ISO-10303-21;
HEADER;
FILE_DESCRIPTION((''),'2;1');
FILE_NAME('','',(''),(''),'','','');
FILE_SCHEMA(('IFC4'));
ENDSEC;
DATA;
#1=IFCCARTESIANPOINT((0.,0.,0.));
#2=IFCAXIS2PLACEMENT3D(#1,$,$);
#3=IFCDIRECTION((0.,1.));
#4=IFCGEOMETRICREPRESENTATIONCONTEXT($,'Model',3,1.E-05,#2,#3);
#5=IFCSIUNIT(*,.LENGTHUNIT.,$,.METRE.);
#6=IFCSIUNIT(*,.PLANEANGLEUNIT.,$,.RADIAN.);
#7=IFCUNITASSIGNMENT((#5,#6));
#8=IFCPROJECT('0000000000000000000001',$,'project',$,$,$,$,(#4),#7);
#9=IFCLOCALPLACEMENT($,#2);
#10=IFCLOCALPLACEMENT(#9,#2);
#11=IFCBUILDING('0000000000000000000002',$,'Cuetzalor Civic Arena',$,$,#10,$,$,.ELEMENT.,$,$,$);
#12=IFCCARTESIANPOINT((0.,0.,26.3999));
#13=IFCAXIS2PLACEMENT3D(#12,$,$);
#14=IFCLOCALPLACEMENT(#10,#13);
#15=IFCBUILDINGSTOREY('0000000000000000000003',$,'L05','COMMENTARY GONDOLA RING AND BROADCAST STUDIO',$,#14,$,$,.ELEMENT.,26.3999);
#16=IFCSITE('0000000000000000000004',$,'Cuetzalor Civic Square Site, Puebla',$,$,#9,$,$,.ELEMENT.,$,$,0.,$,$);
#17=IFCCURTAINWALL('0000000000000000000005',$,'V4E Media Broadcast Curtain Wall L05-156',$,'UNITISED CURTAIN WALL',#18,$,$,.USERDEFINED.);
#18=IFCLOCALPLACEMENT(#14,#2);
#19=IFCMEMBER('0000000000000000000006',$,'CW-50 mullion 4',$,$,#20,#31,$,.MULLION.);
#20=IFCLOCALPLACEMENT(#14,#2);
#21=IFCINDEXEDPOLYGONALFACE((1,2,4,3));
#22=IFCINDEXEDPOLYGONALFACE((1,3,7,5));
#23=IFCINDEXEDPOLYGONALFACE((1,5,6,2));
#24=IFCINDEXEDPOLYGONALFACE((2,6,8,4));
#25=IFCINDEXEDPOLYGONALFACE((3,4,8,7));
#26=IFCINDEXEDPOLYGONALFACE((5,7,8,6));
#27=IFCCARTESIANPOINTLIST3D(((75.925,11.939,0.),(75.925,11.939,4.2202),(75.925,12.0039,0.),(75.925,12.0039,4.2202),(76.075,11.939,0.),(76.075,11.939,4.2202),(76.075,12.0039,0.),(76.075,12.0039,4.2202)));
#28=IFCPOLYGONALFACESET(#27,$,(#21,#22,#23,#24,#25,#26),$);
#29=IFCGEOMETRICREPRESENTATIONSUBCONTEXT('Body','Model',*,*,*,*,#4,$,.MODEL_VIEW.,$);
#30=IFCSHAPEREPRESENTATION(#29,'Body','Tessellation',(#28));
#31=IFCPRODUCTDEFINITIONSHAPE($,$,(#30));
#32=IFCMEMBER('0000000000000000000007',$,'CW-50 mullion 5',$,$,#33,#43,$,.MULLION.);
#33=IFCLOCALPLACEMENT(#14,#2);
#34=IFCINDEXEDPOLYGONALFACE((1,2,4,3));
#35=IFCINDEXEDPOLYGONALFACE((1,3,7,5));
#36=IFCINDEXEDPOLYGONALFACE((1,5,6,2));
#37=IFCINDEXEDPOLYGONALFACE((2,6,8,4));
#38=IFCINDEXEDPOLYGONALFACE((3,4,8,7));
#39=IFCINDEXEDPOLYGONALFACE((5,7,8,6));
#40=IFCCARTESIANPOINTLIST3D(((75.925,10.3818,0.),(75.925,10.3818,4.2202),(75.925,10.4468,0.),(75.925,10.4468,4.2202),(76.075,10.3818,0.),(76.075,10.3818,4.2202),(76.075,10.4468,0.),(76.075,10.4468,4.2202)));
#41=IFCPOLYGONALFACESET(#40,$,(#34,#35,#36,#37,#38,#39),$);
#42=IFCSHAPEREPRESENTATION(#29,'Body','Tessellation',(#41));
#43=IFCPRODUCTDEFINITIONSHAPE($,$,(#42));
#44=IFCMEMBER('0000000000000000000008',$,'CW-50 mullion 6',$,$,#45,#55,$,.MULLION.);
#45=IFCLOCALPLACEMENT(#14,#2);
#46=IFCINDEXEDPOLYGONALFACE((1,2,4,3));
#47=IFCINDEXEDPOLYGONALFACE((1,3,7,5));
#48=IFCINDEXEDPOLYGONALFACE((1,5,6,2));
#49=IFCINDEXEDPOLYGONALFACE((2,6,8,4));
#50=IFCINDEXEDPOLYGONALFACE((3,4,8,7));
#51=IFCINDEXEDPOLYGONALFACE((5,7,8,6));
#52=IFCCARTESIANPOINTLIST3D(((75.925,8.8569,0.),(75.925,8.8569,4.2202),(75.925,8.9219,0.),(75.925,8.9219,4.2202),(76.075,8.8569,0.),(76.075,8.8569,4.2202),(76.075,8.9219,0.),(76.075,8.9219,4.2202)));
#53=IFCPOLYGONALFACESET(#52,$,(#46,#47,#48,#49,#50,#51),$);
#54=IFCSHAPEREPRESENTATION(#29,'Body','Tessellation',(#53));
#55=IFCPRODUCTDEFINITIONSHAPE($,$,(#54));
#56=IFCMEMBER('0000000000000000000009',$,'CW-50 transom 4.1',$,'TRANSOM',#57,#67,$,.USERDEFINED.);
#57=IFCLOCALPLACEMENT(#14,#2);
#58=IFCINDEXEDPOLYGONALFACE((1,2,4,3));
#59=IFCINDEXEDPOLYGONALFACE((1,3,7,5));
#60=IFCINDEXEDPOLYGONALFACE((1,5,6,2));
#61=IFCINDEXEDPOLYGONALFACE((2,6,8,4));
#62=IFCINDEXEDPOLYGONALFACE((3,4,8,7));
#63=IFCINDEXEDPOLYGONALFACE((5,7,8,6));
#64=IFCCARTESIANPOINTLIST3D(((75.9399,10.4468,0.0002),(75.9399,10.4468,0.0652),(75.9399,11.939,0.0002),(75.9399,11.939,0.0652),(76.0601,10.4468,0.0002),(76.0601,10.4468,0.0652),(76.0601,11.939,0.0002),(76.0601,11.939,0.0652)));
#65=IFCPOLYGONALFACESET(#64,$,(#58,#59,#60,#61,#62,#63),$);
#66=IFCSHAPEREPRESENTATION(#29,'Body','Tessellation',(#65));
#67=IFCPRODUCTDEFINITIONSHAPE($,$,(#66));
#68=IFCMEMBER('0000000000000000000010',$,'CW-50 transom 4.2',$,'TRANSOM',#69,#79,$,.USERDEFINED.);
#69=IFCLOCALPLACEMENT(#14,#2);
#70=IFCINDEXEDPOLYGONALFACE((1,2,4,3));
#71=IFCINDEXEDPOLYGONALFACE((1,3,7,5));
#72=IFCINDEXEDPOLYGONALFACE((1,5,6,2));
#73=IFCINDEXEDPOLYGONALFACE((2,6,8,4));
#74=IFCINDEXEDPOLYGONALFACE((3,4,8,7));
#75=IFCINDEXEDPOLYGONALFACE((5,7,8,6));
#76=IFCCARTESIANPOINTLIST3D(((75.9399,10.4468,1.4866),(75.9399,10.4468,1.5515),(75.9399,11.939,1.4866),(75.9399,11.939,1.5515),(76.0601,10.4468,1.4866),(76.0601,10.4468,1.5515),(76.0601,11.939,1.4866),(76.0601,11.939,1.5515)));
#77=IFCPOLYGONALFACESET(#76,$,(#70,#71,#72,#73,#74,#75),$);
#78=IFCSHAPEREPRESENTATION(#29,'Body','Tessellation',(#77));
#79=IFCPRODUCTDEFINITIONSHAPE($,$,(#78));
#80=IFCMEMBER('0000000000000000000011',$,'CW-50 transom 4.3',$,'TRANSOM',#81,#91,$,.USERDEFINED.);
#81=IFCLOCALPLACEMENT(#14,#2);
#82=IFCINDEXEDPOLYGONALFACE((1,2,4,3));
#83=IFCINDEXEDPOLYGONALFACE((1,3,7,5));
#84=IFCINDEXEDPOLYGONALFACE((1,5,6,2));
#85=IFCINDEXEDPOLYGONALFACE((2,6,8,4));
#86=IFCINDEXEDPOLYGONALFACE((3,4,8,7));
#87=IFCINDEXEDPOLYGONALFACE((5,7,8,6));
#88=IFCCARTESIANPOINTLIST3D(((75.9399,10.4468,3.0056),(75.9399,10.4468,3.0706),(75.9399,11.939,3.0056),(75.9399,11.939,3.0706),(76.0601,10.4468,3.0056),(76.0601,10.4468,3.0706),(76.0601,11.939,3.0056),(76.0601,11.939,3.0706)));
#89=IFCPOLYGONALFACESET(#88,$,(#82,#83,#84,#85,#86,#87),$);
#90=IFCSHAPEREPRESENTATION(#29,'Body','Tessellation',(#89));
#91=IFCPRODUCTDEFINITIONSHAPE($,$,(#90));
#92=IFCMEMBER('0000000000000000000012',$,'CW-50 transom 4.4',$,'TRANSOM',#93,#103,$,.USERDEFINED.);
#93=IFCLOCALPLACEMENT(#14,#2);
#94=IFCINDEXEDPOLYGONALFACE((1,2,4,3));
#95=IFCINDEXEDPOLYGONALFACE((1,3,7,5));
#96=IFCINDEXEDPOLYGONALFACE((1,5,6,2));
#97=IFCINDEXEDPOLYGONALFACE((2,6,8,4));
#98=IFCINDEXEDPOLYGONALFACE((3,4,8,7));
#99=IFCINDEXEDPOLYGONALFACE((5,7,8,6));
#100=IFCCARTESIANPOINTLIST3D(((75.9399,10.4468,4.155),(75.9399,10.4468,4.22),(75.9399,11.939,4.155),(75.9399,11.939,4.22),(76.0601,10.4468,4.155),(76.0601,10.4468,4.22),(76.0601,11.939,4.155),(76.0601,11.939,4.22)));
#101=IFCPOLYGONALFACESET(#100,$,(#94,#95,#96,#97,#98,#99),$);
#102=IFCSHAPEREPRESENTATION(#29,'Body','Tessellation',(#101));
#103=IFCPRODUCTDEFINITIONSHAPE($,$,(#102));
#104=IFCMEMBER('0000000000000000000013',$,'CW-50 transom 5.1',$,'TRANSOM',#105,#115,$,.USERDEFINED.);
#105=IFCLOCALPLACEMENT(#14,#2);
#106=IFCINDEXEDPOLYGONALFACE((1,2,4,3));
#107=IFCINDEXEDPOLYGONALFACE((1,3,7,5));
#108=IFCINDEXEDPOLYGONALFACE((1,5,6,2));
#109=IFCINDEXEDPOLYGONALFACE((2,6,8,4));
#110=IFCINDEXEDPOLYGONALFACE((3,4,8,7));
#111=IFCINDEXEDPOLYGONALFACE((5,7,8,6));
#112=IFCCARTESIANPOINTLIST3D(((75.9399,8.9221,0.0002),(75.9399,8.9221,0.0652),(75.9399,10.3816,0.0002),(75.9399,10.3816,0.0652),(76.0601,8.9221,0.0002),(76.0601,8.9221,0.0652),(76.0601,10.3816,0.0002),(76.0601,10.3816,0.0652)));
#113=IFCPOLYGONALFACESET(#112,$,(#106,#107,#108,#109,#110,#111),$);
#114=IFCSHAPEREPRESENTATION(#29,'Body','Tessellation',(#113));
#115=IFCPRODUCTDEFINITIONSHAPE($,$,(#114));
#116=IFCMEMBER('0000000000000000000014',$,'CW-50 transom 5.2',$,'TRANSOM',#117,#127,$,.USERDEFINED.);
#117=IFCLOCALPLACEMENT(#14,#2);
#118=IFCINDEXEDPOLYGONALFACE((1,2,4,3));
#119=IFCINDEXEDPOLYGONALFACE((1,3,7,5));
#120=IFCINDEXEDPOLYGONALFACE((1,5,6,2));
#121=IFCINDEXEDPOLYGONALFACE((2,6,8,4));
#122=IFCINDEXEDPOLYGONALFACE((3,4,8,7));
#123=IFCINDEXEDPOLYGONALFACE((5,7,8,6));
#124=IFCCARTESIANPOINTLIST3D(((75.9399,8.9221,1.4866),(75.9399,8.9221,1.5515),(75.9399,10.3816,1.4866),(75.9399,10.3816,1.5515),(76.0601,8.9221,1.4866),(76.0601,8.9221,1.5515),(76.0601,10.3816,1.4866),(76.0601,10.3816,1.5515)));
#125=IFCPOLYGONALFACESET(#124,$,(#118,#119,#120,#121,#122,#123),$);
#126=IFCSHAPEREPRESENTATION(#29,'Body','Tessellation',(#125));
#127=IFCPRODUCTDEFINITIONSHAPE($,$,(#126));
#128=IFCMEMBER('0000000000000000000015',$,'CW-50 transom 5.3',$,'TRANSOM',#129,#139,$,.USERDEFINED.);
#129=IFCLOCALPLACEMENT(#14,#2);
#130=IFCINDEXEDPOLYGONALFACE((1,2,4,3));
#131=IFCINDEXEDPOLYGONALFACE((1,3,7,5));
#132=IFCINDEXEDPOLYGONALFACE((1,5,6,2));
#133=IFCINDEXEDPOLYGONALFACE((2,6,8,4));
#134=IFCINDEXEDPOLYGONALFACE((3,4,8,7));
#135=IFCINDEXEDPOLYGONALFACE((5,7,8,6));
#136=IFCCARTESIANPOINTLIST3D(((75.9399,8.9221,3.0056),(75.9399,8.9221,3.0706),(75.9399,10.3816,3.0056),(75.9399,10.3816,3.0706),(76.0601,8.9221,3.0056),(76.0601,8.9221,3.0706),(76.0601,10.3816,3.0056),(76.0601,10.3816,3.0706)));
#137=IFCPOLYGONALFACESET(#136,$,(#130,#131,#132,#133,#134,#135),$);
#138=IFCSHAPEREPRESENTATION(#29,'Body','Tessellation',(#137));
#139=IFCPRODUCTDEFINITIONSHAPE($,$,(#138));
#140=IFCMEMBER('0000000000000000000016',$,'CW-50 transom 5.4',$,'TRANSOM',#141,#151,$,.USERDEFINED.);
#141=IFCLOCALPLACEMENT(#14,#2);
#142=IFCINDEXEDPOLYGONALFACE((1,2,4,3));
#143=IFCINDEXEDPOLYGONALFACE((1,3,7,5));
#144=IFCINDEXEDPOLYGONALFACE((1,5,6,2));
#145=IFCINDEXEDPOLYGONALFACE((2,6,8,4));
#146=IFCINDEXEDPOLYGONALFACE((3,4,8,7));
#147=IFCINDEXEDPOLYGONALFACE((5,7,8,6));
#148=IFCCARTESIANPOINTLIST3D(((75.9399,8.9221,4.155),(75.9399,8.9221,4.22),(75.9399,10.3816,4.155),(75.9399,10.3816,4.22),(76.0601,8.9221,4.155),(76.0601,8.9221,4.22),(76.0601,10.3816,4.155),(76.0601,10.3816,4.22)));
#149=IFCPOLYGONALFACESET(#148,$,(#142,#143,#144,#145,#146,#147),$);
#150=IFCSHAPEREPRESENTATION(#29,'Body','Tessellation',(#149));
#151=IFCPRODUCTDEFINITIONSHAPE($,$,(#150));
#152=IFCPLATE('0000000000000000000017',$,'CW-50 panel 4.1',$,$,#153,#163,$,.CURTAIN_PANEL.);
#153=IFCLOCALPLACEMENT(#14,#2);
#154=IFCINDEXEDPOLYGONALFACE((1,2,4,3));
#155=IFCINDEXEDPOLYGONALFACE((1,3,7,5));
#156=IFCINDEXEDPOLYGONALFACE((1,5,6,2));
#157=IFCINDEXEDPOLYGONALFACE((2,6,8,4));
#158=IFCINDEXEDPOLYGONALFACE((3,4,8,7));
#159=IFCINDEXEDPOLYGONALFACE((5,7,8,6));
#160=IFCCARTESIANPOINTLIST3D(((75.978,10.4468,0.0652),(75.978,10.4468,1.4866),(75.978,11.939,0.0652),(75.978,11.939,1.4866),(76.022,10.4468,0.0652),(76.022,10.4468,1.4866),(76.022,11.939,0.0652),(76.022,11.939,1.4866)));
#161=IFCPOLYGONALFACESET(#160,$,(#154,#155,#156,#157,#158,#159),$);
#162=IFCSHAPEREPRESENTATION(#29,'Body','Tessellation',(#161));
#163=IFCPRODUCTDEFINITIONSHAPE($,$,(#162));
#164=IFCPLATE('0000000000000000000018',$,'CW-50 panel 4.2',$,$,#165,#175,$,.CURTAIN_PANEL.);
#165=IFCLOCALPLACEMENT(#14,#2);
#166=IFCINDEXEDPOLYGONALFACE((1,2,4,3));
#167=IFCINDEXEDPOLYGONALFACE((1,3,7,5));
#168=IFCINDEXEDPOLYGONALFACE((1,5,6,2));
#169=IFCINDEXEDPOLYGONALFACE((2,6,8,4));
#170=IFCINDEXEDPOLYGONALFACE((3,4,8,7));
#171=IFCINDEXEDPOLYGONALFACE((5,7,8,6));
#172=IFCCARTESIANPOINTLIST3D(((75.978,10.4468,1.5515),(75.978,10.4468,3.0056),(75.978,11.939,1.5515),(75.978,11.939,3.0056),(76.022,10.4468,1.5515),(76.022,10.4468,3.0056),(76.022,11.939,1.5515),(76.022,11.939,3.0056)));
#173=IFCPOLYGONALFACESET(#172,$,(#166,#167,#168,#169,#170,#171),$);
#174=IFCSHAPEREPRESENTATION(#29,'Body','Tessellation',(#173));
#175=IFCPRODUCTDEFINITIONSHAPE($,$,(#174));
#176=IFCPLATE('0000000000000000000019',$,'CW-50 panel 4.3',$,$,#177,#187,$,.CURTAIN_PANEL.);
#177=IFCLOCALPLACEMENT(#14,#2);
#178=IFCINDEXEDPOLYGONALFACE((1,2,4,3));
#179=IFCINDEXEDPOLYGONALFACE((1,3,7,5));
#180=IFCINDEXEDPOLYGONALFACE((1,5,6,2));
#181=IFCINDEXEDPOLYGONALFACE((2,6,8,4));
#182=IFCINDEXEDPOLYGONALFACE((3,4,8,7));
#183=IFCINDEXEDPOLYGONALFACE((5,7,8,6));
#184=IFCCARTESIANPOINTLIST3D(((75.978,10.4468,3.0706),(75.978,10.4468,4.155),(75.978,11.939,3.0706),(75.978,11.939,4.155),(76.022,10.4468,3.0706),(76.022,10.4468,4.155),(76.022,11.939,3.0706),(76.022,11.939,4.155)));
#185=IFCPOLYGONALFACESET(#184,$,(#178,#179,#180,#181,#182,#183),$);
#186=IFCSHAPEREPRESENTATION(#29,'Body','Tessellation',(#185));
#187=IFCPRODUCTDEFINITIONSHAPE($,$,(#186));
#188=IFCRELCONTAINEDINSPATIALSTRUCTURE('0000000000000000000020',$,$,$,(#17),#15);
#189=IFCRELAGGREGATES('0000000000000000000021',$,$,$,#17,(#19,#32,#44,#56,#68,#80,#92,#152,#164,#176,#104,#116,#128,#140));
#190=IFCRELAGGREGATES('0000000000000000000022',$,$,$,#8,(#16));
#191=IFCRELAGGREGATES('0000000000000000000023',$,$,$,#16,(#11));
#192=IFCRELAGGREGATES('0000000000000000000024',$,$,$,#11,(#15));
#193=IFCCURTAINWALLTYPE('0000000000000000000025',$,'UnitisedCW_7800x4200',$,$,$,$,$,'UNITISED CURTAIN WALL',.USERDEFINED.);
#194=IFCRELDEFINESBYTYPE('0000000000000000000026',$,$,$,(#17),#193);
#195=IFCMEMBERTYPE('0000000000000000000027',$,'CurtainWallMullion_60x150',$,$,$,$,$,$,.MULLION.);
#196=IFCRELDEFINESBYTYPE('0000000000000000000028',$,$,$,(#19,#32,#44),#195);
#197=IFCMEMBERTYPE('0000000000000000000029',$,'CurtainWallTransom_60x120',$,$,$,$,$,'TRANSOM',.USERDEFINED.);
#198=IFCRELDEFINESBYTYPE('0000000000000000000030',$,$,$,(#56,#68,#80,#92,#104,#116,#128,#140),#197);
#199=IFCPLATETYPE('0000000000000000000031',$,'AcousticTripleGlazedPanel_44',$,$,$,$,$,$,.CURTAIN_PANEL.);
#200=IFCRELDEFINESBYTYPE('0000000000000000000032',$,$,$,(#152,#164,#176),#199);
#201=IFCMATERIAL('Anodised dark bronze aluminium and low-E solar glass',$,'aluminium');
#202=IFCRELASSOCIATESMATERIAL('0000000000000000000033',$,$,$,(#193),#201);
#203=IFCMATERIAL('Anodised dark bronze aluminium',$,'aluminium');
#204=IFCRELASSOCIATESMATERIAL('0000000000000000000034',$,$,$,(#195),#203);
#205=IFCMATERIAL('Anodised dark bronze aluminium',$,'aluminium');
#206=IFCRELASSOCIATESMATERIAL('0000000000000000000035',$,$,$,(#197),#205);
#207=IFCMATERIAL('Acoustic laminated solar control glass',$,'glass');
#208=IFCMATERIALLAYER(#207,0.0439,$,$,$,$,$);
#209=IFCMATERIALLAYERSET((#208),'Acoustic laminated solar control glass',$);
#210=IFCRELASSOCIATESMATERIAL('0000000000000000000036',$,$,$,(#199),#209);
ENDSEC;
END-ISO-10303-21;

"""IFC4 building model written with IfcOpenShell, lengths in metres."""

from ifc_helpers import new_model, si_unit, direction, frame, origin, origin_2d, place, context, subcontext, project, spatial, rectangle, extrude, material, layer, layer_set, material_profile, profile_set, type_object, element, aggregate, save


model = new_model("IFC4")

# Units and contexts
model_context = context("Model", 3, precision=1e-05, world=origin(), true_north=direction((0.0, 1.0)))
body_context = subcontext(model_context, "Body", "Model", "MODEL_VIEW")
ifc_project = project(units=[si_unit("LENGTHUNIT", "METRE"), si_unit("PLANEANGLEUNIT", "RADIAN")], contexts=[model_context])

# Site, building, storey
site_placement = place(None, origin())
site = spatial("IfcSite", under=ifc_project, at=site_placement, Name="Cuetzalor Civic Square Site, Puebla", CompositionType="ELEMENT", RefElevation=0.0)
building_placement = place(site_placement, origin())
building = spatial("IfcBuilding", under=site, at=building_placement, Name="Cuetzalor Civic Arena", CompositionType="ELEMENT")
storey_placement = place(building_placement, frame((0.0, 0.0, 26.3999)))
storey = spatial("IfcBuildingStorey", under=building, at=storey_placement, Name="L05", Description="COMMENTARY GONDOLA RING AND BROADCAST STUDIO", CompositionType="ELEMENT", Elevation=26.3999)

# Curtain wall, members, plates
ifc_material_1 = material(Name="Anodised dark bronze aluminium and low-E solar glass", Category="aluminium")
curtain_wall_type = type_object("IfcCurtainWallType", Name="UnitisedCW_7800x4200", ElementType="UNITISED CURTAIN WALL", PredefinedType="USERDEFINED", material=ifc_material_1)
curtain_wall_placement = place(storey_placement, origin())
curtain_wall = element("IfcCurtainWall", 1, at=curtain_wall_placement, inside=storey, type_object=curtain_wall_type, Name="V4E Media Broadcast Curtain Wall L05-156", ObjectType="UNITISED CURTAIN WALL", PredefinedType="USERDEFINED")
ifc_material_2 = material(Name="Anodised dark bronze aluminium", Category="aluminium")
ifc_material_profile_1 = material_profile(ifc_material_2, rectangle(XDim=0.0649, YDim=0.1499, at=origin_2d()), Name="ALU MULLION 65x150")
ifc_profile_set_1 = profile_set([ifc_material_profile_1], Name="Anodised dark bronze aluminium")
member_type_1 = type_object("IfcMemberType", Name="CurtainWallMullion_60x150", PredefinedType="MULLION", material=ifc_profile_set_1)
member_1_placement = place(storey_placement, frame((76.0, 11.9714, 0.0), z_axis=(0.0, 0.0, 1.0), x_axis=(0.0, -1.0, 0.0)))
member_1 = element("IfcMember", 2, at=member_1_placement, type_object=member_type_1, Name="CW-50 mullion 4", PredefinedType="MULLION", context=body_context, shape_type="SweptSolid", body=[
    extrude(rectangle(XDim=0.0649, YDim=0.1499, at=origin_2d()), origin(), (0.0, 0.0, 1.0), 4.2202),
])
member_2_placement = place(storey_placement, frame((76.0, 10.4143, 0.0), z_axis=(0.0, 0.0, 1.0), x_axis=(0.0, -1.0, 0.0)))
member_2 = element("IfcMember", 3, at=member_2_placement, type_object=member_type_1, Name="CW-50 mullion 5", PredefinedType="MULLION", context=body_context, shape_type="SweptSolid", body=[
    extrude(rectangle(XDim=0.0649, YDim=0.1499, at=origin_2d()), origin(), (0.0, 0.0, 1.0), 4.2202),
])
member_3_placement = place(storey_placement, frame((76.0, 8.8894, 0.0), z_axis=(0.0, 0.0, 1.0), x_axis=(0.0, -1.0, 0.0)))
member_3 = element("IfcMember", 4, at=member_3_placement, type_object=member_type_1, Name="CW-50 mullion 6", PredefinedType="MULLION", context=body_context, shape_type="SweptSolid", body=[
    extrude(rectangle(XDim=0.0649, YDim=0.1499, at=origin_2d()), origin(), (0.0, 0.0, 1.0), 4.2202),
])
ifc_material_3 = material(Name="Anodised dark bronze aluminium", Category="aluminium")
ifc_material_profile_2 = material_profile(ifc_material_3, rectangle(XDim=0.1201, YDim=0.0649, at=origin_2d()), Name="ALU TRANSOM 65x120")
ifc_profile_set_2 = profile_set([ifc_material_profile_2], Name="Anodised dark bronze aluminium")
member_type_2 = type_object("IfcMemberType", Name="CurtainWallTransom_60x120", ElementType="TRANSOM", PredefinedType="USERDEFINED", material=ifc_profile_set_2)
member_4_placement = place(storey_placement, frame((76.0, 11.939, 0.0327), z_axis=(0.0, -1.0, 0.0), x_axis=(1.0, 0.0, 0.0)))
member_4 = element("IfcMember", 5, at=member_4_placement, type_object=member_type_2, Name="CW-50 transom 4.1", ObjectType="TRANSOM", PredefinedType="USERDEFINED", context=body_context, shape_type="SweptSolid", body=[
    extrude(rectangle(XDim=0.1201, YDim=0.0649, at=origin_2d()), origin(), (0.0, 0.0, 1.0), 1.4922),
])
member_5_placement = place(storey_placement, frame((76.0, 11.939, 1.519), z_axis=(0.0, -1.0, 0.0), x_axis=(1.0, 0.0, 0.0)))
member_5 = element("IfcMember", 6, at=member_5_placement, type_object=member_type_2, Name="CW-50 transom 4.2", ObjectType="TRANSOM", PredefinedType="USERDEFINED", context=body_context, shape_type="SweptSolid", body=[
    extrude(rectangle(XDim=0.1201, YDim=0.0649, at=origin_2d()), origin(), (0.0, 0.0, 1.0), 1.4922),
])
member_6_placement = place(storey_placement, frame((76.0, 11.939, 3.0381), z_axis=(0.0, -1.0, 0.0), x_axis=(1.0, 0.0, 0.0)))
member_6 = element("IfcMember", 7, at=member_6_placement, type_object=member_type_2, Name="CW-50 transom 4.3", ObjectType="TRANSOM", PredefinedType="USERDEFINED", context=body_context, shape_type="SweptSolid", body=[
    extrude(rectangle(XDim=0.1201, YDim=0.0649, at=origin_2d()), origin(), (0.0, 0.0, 1.0), 1.4922),
])
member_7_placement = place(storey_placement, frame((76.0, 11.939, 4.1875), z_axis=(0.0, -1.0, 0.0), x_axis=(1.0, 0.0, 0.0)))
member_7 = element("IfcMember", 8, at=member_7_placement, type_object=member_type_2, Name="CW-50 transom 4.4", ObjectType="TRANSOM", PredefinedType="USERDEFINED", context=body_context, shape_type="SweptSolid", body=[
    extrude(rectangle(XDim=0.1201, YDim=0.0649, at=origin_2d()), origin(), (0.0, 0.0, 1.0), 1.4922),
])
member_8_placement = place(storey_placement, frame((76.0, 10.3816, 0.0327), z_axis=(0.0, -1.0, 0.0), x_axis=(1.0, 0.0, 0.0)))
member_8 = element("IfcMember", 9, at=member_8_placement, type_object=member_type_2, Name="CW-50 transom 5.1", ObjectType="TRANSOM", PredefinedType="USERDEFINED", context=body_context, shape_type="SweptSolid", body=[
    extrude(rectangle(XDim=0.1201, YDim=0.0649, at=origin_2d()), origin(), (0.0, 0.0, 1.0), 1.4595),
])
member_9_placement = place(storey_placement, frame((76.0, 10.3816, 1.519), z_axis=(0.0, -1.0, 0.0), x_axis=(1.0, 0.0, 0.0)))
member_9 = element("IfcMember", 10, at=member_9_placement, type_object=member_type_2, Name="CW-50 transom 5.2", ObjectType="TRANSOM", PredefinedType="USERDEFINED", context=body_context, shape_type="SweptSolid", body=[
    extrude(rectangle(XDim=0.1201, YDim=0.0649, at=origin_2d()), origin(), (0.0, 0.0, 1.0), 1.4595),
])
member_10_placement = place(storey_placement, frame((76.0, 10.3816, 3.0381), z_axis=(0.0, -1.0, 0.0), x_axis=(1.0, 0.0, 0.0)))
member_10 = element("IfcMember", 11, at=member_10_placement, type_object=member_type_2, Name="CW-50 transom 5.3", ObjectType="TRANSOM", PredefinedType="USERDEFINED", context=body_context, shape_type="SweptSolid", body=[
    extrude(rectangle(XDim=0.1201, YDim=0.0649, at=origin_2d()), origin(), (0.0, 0.0, 1.0), 1.4595),
])
member_11_placement = place(storey_placement, frame((76.0, 10.3816, 4.1875), z_axis=(0.0, -1.0, 0.0), x_axis=(1.0, 0.0, 0.0)))
member_11 = element("IfcMember", 12, at=member_11_placement, type_object=member_type_2, Name="CW-50 transom 5.4", ObjectType="TRANSOM", PredefinedType="USERDEFINED", context=body_context, shape_type="SweptSolid", body=[
    extrude(rectangle(XDim=0.1201, YDim=0.0649, at=origin_2d()), origin(), (0.0, 0.0, 1.0), 1.4595),
])
ifc_material_4 = material(Name="Acoustic laminated solar control glass", Category="glass")
ifc_layer_1 = layer(ifc_material_4, 0.0439)
ifc_layer_set_1 = layer_set([ifc_layer_1], Name="Acoustic laminated solar control glass")
plate_type = type_object("IfcPlateType", Name="AcousticTripleGlazedPanel_44", PredefinedType="CURTAIN_PANEL", material=ifc_layer_set_1)
plate_1_placement = place(storey_placement, frame((76.0, 11.1929, 0.0652), z_axis=(0.0, 0.0, 1.0), x_axis=(0.0, -1.0, 0.0)))
plate_1 = element("IfcPlate", 13, at=plate_1_placement, type_object=plate_type, Name="CW-50 panel 4.1", PredefinedType="CURTAIN_PANEL", context=body_context, shape_type="SweptSolid", body=[
    extrude(rectangle(XDim=1.4922, YDim=0.0439, at=origin_2d()), origin(), (0.0, 0.0, 1.0), 1.4214),
])
plate_2_placement = place(storey_placement, frame((76.0, 11.1929, 1.5515), z_axis=(0.0, 0.0, 1.0), x_axis=(0.0, -1.0, 0.0)))
plate_2 = element("IfcPlate", 14, at=plate_2_placement, type_object=plate_type, Name="CW-50 panel 4.2", PredefinedType="CURTAIN_PANEL", context=body_context, shape_type="SweptSolid", body=[
    extrude(rectangle(XDim=1.4922, YDim=0.0439, at=origin_2d()), origin(), (0.0, 0.0, 1.0), 1.4541),
])
plate_3_placement = place(storey_placement, frame((76.0, 11.1929, 3.0706), z_axis=(0.0, 0.0, 1.0), x_axis=(0.0, -1.0, 0.0)))
plate_3 = element("IfcPlate", 15, at=plate_3_placement, type_object=plate_type, Name="CW-50 panel 4.3", PredefinedType="CURTAIN_PANEL", context=body_context, shape_type="SweptSolid", body=[
    extrude(rectangle(XDim=1.4922, YDim=0.0439, at=origin_2d()), origin(), (0.0, 0.0, 1.0), 1.0845),
])
aggregate(curtain_wall, [member_1, member_2, member_3, member_4, member_5, member_6, member_7, plate_1, plate_2, plate_3, member_8, member_9, member_10, member_11])

save(model, "model.ifc")
